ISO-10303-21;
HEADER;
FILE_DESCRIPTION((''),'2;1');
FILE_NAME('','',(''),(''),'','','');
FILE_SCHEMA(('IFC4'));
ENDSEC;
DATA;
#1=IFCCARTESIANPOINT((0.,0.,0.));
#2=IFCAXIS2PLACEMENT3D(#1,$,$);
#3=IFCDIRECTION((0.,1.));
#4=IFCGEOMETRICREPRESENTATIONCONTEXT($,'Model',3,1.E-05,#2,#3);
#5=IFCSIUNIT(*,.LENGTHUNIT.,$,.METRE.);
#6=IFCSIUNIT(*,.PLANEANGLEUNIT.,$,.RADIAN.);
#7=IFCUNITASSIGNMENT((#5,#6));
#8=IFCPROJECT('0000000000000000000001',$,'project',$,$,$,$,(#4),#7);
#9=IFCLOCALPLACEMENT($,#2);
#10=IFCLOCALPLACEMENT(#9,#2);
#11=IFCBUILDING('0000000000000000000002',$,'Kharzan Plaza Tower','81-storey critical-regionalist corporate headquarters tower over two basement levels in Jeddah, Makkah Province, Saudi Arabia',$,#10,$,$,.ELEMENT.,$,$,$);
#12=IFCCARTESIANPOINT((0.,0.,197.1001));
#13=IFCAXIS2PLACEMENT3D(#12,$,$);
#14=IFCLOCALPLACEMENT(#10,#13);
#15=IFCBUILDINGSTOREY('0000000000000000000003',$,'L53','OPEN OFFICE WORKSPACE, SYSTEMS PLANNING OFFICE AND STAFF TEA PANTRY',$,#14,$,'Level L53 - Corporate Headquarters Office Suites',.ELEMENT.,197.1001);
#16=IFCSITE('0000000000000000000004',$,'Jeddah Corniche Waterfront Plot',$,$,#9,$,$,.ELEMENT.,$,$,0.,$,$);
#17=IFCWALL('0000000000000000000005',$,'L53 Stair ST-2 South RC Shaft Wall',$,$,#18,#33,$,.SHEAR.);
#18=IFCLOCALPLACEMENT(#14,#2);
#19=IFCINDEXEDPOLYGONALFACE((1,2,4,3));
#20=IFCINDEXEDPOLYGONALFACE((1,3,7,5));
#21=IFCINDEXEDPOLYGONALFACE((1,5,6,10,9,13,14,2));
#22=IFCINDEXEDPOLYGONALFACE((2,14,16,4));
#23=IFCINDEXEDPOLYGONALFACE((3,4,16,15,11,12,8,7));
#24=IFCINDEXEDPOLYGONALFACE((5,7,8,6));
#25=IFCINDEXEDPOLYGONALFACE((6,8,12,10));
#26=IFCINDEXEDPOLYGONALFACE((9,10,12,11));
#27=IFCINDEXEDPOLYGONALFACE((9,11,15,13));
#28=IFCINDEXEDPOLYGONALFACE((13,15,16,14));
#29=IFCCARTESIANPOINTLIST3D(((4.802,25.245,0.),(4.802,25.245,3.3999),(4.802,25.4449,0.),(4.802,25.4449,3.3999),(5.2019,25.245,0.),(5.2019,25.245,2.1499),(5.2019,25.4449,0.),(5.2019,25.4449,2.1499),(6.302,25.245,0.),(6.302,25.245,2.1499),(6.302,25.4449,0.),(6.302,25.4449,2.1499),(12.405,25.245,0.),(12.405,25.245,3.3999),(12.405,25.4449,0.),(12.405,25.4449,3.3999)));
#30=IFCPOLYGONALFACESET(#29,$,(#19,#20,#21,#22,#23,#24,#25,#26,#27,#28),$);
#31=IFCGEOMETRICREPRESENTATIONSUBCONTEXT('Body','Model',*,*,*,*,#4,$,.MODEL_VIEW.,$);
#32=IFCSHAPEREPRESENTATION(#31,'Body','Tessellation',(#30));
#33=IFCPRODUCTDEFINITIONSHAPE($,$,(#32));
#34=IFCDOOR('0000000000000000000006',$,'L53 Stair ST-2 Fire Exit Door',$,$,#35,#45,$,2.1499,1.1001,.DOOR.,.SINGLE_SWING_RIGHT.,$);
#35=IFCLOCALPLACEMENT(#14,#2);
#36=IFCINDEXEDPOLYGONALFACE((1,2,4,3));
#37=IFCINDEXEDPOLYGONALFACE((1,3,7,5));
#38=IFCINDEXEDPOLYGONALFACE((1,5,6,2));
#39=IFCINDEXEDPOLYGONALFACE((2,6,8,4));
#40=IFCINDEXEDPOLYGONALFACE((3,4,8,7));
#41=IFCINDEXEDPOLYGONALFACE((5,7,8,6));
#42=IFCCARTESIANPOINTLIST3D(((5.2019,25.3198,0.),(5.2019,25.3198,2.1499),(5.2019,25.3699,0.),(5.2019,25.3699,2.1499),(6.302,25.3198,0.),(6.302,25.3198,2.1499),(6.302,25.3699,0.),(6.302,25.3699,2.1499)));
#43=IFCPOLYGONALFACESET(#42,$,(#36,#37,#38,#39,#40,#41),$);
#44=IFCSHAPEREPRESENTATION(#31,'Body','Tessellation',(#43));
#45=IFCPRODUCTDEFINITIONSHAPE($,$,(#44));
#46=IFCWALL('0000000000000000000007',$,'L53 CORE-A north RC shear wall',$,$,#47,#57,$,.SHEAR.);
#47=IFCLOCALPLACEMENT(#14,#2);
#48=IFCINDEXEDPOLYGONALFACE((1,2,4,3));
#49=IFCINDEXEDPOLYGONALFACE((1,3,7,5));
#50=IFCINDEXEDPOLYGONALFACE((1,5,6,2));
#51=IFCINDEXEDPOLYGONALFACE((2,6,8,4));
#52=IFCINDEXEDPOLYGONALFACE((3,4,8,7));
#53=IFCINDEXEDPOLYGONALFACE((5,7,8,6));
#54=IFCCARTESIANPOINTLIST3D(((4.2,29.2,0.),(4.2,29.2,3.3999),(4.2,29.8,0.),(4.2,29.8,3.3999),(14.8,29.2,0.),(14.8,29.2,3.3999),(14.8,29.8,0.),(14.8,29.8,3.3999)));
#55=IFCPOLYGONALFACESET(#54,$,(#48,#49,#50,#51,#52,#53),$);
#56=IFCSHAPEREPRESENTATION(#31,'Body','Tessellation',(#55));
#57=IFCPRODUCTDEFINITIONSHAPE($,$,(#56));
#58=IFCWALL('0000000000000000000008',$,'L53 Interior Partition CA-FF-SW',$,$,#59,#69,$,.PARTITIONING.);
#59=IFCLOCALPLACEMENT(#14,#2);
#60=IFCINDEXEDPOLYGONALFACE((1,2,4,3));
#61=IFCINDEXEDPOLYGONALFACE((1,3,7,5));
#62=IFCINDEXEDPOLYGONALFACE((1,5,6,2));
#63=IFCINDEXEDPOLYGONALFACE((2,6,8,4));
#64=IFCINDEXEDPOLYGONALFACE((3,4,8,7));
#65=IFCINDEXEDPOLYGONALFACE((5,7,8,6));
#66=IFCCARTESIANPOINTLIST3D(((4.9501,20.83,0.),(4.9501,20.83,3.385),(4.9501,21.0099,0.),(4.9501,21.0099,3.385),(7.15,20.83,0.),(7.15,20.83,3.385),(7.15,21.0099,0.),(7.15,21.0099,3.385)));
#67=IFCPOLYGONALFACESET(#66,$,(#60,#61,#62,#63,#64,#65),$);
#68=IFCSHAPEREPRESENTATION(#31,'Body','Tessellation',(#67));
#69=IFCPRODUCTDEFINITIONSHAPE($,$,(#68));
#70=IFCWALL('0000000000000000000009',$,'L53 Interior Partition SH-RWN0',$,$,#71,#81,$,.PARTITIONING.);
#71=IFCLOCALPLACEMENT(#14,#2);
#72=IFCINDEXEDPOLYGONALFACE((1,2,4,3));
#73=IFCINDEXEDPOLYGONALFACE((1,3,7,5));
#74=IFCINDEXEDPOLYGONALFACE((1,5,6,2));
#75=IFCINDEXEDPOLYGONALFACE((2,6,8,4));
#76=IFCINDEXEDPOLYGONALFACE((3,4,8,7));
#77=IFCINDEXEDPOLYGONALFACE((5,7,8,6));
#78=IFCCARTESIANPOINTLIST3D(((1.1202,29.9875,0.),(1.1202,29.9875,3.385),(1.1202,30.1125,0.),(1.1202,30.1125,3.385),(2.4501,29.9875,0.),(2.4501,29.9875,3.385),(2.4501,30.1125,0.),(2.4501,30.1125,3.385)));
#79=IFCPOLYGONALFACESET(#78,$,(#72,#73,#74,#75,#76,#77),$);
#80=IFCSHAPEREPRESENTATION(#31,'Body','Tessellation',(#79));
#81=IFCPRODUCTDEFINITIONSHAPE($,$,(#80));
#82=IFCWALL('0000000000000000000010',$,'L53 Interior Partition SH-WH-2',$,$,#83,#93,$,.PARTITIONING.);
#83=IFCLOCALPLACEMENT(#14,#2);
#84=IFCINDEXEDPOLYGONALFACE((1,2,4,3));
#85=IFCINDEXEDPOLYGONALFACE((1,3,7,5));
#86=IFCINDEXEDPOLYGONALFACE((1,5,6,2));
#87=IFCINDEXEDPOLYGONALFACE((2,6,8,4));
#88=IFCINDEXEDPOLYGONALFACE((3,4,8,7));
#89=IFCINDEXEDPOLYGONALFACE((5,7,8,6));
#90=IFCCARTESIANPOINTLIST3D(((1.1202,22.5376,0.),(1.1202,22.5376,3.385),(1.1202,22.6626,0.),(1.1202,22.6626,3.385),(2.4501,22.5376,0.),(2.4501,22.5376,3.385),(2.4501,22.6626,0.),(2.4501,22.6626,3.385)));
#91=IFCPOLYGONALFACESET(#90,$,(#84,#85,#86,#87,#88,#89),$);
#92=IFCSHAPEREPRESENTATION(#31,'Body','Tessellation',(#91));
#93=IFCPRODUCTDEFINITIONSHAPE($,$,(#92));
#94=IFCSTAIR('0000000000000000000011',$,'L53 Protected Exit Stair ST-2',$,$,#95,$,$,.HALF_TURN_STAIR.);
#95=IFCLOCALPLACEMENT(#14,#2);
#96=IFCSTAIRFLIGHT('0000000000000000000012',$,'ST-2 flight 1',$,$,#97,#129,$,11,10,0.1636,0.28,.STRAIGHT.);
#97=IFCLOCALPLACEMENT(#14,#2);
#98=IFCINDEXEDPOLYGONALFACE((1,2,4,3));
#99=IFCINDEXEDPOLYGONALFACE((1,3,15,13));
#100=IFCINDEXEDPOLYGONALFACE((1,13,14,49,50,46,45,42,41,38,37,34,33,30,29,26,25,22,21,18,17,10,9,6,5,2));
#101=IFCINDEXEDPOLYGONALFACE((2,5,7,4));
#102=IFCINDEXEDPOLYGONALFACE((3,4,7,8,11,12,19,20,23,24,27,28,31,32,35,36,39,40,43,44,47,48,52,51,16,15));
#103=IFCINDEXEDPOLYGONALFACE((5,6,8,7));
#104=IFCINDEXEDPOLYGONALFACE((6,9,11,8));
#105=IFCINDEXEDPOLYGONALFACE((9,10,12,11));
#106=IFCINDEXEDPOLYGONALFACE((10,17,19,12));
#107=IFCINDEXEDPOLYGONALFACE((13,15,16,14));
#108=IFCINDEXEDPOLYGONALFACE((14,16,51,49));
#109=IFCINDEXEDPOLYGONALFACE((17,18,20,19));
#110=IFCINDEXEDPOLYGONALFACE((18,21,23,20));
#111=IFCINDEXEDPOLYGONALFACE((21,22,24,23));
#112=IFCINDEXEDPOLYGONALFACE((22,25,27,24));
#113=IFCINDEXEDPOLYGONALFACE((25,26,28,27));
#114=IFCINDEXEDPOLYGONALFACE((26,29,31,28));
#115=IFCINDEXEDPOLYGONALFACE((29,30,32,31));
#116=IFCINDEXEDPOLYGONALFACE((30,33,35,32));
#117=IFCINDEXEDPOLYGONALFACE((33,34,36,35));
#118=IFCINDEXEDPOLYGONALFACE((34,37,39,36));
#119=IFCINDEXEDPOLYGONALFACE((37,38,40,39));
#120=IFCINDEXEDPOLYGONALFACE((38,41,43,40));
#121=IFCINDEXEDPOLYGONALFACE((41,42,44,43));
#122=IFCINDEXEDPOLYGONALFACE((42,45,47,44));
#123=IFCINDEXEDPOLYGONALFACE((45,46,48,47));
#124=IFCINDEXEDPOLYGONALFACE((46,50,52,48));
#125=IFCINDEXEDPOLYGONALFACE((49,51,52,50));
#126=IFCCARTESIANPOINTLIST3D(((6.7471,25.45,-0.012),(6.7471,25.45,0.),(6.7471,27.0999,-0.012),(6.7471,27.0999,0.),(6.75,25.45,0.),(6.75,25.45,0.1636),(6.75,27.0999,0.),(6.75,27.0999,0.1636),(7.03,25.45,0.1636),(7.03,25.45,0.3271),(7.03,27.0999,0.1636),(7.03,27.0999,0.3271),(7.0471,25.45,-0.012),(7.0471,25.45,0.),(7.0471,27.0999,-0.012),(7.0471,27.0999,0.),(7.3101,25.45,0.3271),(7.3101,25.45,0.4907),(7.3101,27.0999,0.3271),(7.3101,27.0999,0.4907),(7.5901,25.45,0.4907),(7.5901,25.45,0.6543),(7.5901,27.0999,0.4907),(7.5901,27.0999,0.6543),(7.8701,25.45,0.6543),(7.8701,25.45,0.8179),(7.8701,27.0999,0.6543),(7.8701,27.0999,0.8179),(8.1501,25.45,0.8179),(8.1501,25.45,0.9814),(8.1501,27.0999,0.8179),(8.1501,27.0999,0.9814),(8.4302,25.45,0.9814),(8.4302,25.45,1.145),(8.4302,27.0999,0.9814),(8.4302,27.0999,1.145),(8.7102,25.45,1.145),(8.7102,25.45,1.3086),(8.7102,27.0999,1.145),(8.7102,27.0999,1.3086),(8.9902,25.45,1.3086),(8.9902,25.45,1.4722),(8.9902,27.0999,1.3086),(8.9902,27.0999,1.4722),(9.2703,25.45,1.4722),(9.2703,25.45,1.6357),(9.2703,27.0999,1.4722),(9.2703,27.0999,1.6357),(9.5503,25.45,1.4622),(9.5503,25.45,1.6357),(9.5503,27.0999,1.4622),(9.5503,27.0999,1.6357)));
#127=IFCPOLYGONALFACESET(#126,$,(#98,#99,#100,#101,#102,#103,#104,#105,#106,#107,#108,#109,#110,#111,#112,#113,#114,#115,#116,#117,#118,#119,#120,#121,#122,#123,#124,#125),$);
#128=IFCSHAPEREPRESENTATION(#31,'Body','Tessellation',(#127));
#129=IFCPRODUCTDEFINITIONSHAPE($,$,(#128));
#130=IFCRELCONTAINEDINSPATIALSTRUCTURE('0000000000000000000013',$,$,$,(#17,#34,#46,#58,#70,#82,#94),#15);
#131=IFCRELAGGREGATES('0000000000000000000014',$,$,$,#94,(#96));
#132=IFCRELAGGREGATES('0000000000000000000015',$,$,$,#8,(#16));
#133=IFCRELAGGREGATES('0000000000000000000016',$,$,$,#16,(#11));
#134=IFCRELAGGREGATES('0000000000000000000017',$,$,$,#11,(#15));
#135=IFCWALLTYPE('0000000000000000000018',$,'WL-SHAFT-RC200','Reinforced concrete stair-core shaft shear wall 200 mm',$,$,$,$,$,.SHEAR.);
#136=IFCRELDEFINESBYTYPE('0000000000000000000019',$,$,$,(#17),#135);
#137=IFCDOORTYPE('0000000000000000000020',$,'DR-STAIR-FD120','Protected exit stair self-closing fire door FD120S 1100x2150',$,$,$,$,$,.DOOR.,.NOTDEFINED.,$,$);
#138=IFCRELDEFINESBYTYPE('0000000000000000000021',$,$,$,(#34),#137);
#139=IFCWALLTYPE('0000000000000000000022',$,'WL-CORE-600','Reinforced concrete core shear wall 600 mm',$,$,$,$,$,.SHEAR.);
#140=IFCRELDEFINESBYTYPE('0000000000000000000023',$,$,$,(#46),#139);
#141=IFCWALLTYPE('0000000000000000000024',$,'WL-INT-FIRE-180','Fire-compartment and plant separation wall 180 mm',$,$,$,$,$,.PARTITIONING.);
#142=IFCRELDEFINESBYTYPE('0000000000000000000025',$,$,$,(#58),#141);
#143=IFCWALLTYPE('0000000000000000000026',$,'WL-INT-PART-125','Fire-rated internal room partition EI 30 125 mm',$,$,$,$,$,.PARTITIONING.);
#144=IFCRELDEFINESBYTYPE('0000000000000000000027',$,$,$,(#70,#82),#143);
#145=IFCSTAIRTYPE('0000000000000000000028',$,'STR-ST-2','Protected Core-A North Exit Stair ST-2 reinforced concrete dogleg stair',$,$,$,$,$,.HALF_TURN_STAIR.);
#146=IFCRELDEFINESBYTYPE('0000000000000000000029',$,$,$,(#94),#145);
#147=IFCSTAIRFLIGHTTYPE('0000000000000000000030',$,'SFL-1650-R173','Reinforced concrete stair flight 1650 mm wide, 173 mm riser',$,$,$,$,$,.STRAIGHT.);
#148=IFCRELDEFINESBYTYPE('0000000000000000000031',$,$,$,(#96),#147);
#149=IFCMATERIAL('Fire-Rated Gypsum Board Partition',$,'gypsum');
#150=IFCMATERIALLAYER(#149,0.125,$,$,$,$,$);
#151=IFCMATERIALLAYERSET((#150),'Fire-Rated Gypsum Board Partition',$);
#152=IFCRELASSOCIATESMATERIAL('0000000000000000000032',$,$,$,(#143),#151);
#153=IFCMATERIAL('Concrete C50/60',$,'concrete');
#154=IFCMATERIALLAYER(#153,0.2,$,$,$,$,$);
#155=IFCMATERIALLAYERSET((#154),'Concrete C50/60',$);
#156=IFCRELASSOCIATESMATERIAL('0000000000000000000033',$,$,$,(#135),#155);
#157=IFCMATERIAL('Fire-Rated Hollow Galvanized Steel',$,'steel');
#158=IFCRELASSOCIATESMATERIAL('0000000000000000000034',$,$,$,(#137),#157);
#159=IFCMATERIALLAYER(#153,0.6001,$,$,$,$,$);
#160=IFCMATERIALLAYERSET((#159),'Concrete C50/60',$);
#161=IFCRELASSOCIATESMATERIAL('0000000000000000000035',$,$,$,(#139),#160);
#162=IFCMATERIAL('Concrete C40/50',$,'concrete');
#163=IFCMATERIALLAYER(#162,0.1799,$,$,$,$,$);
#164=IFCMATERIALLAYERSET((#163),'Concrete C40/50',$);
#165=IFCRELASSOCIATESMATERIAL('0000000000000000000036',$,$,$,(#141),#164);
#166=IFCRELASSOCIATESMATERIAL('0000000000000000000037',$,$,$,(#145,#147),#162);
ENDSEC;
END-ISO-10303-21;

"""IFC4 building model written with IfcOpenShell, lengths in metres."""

from ifc_helpers import new_model, si_unit, direction, frame, frame_2d, origin, place, context, subcontext, project, spatial, polyline, rectangle, outline, extrude, source, transform, mapped, material, layer, layer_set, type_object, element, fill, aggregate, save


model = new_model("IFC4")

# Units and contexts
model_context = context("Model", 3, precision=1e-05, world=origin(), true_north=direction((0.0, 1.0)))
body_context = subcontext(model_context, "Body", "Model", "MODEL_VIEW")
ifc_project = project(units=[si_unit("LENGTHUNIT", "METRE"), si_unit("PLANEANGLEUNIT", "RADIAN")], contexts=[model_context])

# Site, building, storey
site_placement = place(None, origin())
site = spatial("IfcSite", under=ifc_project, at=site_placement, Name="Jeddah Corniche Waterfront Plot", CompositionType="ELEMENT", RefElevation=0.0)
building_placement = place(site_placement, origin())
building = spatial("IfcBuilding", under=site, at=building_placement, Name="Kharzan Plaza Tower", Description="81-storey critical-regionalist corporate headquarters tower over two basement levels in Jeddah, Makkah Province, Saudi Arabia", CompositionType="ELEMENT")
storey_placement = place(building_placement, frame((0.0, 0.0, 197.1001)))
storey = spatial("IfcBuildingStorey", under=building, at=storey_placement, Name="L53", Description="OPEN OFFICE WORKSPACE, SYSTEMS PLANNING OFFICE AND STAFF TEA PANTRY", LongName="Level L53 - Corporate Headquarters Office Suites", CompositionType="ELEMENT", Elevation=197.1001)

# Shared definitions
ifc_material_1 = material(Name="Concrete C50/60", Category="concrete")

# Shared definitions
ifc_material_2 = material(Name="Concrete C40/50", Category="concrete")

# Wall, opening, door
ifc_material_3 = material(Name="Fire-Rated Gypsum Board Partition", Category="gypsum")
ifc_layer_1 = layer(ifc_material_3, 0.125)
ifc_layer_set_1 = layer_set([ifc_layer_1], Name="Fire-Rated Gypsum Board Partition")
wall_type_1 = type_object("IfcWallType", Name="WL-INT-PART-125", Description="Fire-rated internal room partition EI 30 125 mm", PredefinedType="PARTITIONING", material=ifc_layer_set_1)
ifc_layer_2 = layer(ifc_material_1, 0.2)
ifc_layer_set_2 = layer_set([ifc_layer_2], Name="Concrete C50/60")
wall_type_2 = type_object("IfcWallType", Name="WL-SHAFT-RC200", Description="Reinforced concrete stair-core shaft shear wall 200 mm", PredefinedType="SHEAR", material=ifc_layer_set_2)
wall_1_placement = place(storey_placement, frame((4.802, 25.345, 0.0), z_axis=(0.0, 0.0, 1.0), x_axis=(1.0, 0.0, 0.0)))
wall_1 = element("IfcWall", 1, at=wall_1_placement, inside=storey, type_object=wall_type_2, Name="L53 Stair ST-2 South RC Shaft Wall", PredefinedType="SHEAR", context=body_context, shape_type="SweptSolid", body=[
    extrude(rectangle(XDim=7.603, YDim=0.2, at=frame_2d((3.8015, 0.0))), origin(), (0.0, 0.0, 1.0), 3.3999),
])
opening_1_placement = place(wall_1_placement, frame((0.3999, 0.0, 0.0)))
opening_1 = element("IfcOpeningElement", 2, at=opening_1_placement, cuts=wall_1, PredefinedType="OPENING", context=body_context, shape_type="SweptSolid", body=[
    extrude(rectangle(XDim=1.1001, YDim=2.1499, at=frame_2d((0.55, 1.075))), frame((0.0, 0.1099, 0.0), z_axis=(0.0, -1.0, 0.0), x_axis=(1.0, 0.0, 0.0)), (0.0, 0.0, 1.0), 0.22),
])
ifc_material_4 = material(Name="Fire-Rated Hollow Galvanized Steel", Category="steel")
door_type_1 = type_object("IfcDoorType", Name="DR-STAIR-FD120", Description="Protected exit stair self-closing fire door FD120S 1100x2150", OperationType="NOTDEFINED", PredefinedType="DOOR", material=ifc_material_4)
shared_shape_1 = source(origin(), body_context, "Body", "SweptSolid", [
    extrude(rectangle(XDim=1.1001, YDim=2.1499, at=frame_2d((0.55, 1.075))), frame((0.0, 0.0249, 0.0), z_axis=(0.0, -1.0, 0.0), x_axis=(1.0, 0.0, 0.0)), (0.0, 0.0, 1.0), 0.05),
])
door_1_placement = place(opening_1_placement, origin())
door_1 = element("IfcDoor", 3, at=door_1_placement, inside=storey, type_object=door_type_1, Name="L53 Stair ST-2 Fire Exit Door", OperationType="SINGLE_SWING_RIGHT", OverallHeight=2.1499, OverallWidth=1.1001, PredefinedType="DOOR", context=body_context, shape_type="MappedRepresentation", body=[
    mapped(shared_shape_1, transform((0.0, 0.0, 0.0), x_axis=(1.0, 0.0, 0.0), y_axis=(0.0, 1.0, 0.0), z_axis=(0.0, 0.0, 1.0))),
])
fill(opening_1, door_1)

# Walls
ifc_layer_3 = layer(ifc_material_1, 0.6001)
ifc_layer_set_3 = layer_set([ifc_layer_3], Name="Concrete C50/60")
wall_type_3 = type_object("IfcWallType", Name="WL-CORE-600", Description="Reinforced concrete core shear wall 600 mm", PredefinedType="SHEAR", material=ifc_layer_set_3)
shared_shape_2 = source(origin(), body_context, "Body", "SweptSolid", [
    extrude(rectangle(XDim=10.6001, YDim=0.6001, at=frame_2d((5.3, 0.0))), origin(), (0.0, 0.0, 1.0), 3.3999),
])
wall_2_placement = place(storey_placement, frame((4.2, 29.5, 0.0), z_axis=(0.0, 0.0, 1.0), x_axis=(1.0, 0.0, 0.0)))
element("IfcWall", 4, at=wall_2_placement, inside=storey, type_object=wall_type_3, Name="L53 CORE-A north RC shear wall", PredefinedType="SHEAR", context=body_context, shape_type="MappedRepresentation", body=[
    mapped(shared_shape_2, transform((0.0, 0.0, 0.0), x_axis=(1.0, 0.0, 0.0), y_axis=(0.0, 1.0, 0.0), z_axis=(0.0, 0.0, 1.0))),
])
ifc_layer_4 = layer(ifc_material_2, 0.1799)
ifc_layer_set_4 = layer_set([ifc_layer_4], Name="Concrete C40/50")
wall_type_4 = type_object("IfcWallType", Name="WL-INT-FIRE-180", Description="Fire-compartment and plant separation wall 180 mm", PredefinedType="PARTITIONING", material=ifc_layer_set_4)
shared_shape_3 = source(origin(), body_context, "Body", "SweptSolid", [
    extrude(rectangle(XDim=2.2, YDim=0.1799, at=frame_2d((1.1001, 0.0))), origin(), (0.0, 0.0, 1.0), 3.385),
])
wall_3_placement = place(storey_placement, frame((4.95, 20.9199, 0.0), z_axis=(0.0, 0.0, 1.0), x_axis=(1.0, 0.0, 0.0)))
element("IfcWall", 5, at=wall_3_placement, inside=storey, type_object=wall_type_4, Name="L53 Interior Partition CA-FF-SW", PredefinedType="PARTITIONING", context=body_context, shape_type="MappedRepresentation", body=[
    mapped(shared_shape_3, transform((0.0, 0.0, 0.0), x_axis=(1.0, 0.0, 0.0), y_axis=(0.0, 1.0, 0.0), z_axis=(0.0, 0.0, 1.0))),
])
shared_shape_4 = source(origin(), body_context, "Body", "SweptSolid", [
    extrude(rectangle(XDim=1.3298, YDim=0.125, at=frame_2d((0.665, 0.0))), origin(), (0.0, 0.0, 1.0), 3.385),
])
for number, where, z_axis, x_axis, name in (
    (6, (1.1201, 30.05, 0.0), (0.0, 0.0, 1.0), (1.0, 0.0, 0.0), "L53 Interior Partition SH-RWN0"),
    (7, (1.1201, 22.6001, 0.0), (0.0, 0.0, 1.0), (1.0, 0.0, 0.0), "L53 Interior Partition SH-WH-2"),
):
    element("IfcWall", number, at=place(storey_placement, frame(where, z_axis=z_axis, x_axis=x_axis)), inside=storey, type_object=wall_type_1, Name=name, PredefinedType="PARTITIONING", context=body_context, shape_type="MappedRepresentation", body=[
        mapped(shared_shape_4, transform((0.0, 0.0, 0.0), x_axis=(1.0, 0.0, 0.0), y_axis=(0.0, 1.0, 0.0), z_axis=(0.0, 0.0, 1.0))),
    ])

# Stair, stair flight
stair_type = type_object("IfcStairType", Name="STR-ST-2", Description="Protected Core-A North Exit Stair ST-2 reinforced concrete dogleg stair", PredefinedType="HALF_TURN_STAIR", material=ifc_material_2)
stair_placement = place(storey_placement, origin())
stair = element("IfcStair", 8, at=stair_placement, inside=storey, type_object=stair_type, Name="L53 Protected Exit Stair ST-2", PredefinedType="HALF_TURN_STAIR")
stair_flight_type = type_object("IfcStairFlightType", Name="SFL-1650-R173", Description="Reinforced concrete stair flight 1650 mm wide, 173 mm riser", PredefinedType="STRAIGHT", material=ifc_material_2)
shared_shape_5 = source(origin(), body_context, "Body", "SweptSolid", [
    extrude(outline(polyline([(-0.0029, -0.012), (-0.0029, 0.0), (0.0, 0.0), (0.0, 0.1636), (0.28, 0.1636), (0.28, 0.3271), (0.5601, 0.3271), (0.5601, 0.4907), (0.8401, 0.4907), (0.8401, 0.6543), (1.1201, 0.6543), (1.1201, 0.8179), (1.4001, 0.8179), (1.4001, 0.9814), (1.6802, 0.9814), (1.6802, 1.145), (1.9602, 1.145), (1.9602, 1.3086), (2.2402, 1.3086), (2.2402, 1.4722), (2.5203, 1.4722), (2.5203, 1.6357), (2.8003, 1.6357), (2.8003, 1.7993), (2.8003, 1.4622), (0.2971, 0.0), (0.2971, -0.012), (-0.0029, -0.012)])), frame((0.0, 0.825, 0.0), z_axis=(0.0, -1.0, 0.0), x_axis=(1.0, 0.0, 0.0)), (0.0, 0.0, 1.0), 1.6499),
])
stair_flight_placement = place(storey_placement, frame((6.75, 26.2749, 0.0), z_axis=(0.0, 0.0, 1.0), x_axis=(1.0, 0.0, 0.0)))
stair_flight = element("IfcStairFlight", 9, at=stair_flight_placement, type_object=stair_flight_type, Name="ST-2 flight 1", NumberOfRisers=11, NumberOfTreads=10, PredefinedType="STRAIGHT", RiserHeight=0.1636, TreadLength=0.28, context=body_context, shape_type="MappedRepresentation", body=[
    mapped(shared_shape_5, transform((0.0, 0.0, 0.0), x_axis=(1.0, 0.0, 0.0), y_axis=(0.0, 1.0, 0.0), z_axis=(0.0, 0.0, 1.0))),
])
aggregate(stair, [stair_flight])

save(model, "model.ifc")
